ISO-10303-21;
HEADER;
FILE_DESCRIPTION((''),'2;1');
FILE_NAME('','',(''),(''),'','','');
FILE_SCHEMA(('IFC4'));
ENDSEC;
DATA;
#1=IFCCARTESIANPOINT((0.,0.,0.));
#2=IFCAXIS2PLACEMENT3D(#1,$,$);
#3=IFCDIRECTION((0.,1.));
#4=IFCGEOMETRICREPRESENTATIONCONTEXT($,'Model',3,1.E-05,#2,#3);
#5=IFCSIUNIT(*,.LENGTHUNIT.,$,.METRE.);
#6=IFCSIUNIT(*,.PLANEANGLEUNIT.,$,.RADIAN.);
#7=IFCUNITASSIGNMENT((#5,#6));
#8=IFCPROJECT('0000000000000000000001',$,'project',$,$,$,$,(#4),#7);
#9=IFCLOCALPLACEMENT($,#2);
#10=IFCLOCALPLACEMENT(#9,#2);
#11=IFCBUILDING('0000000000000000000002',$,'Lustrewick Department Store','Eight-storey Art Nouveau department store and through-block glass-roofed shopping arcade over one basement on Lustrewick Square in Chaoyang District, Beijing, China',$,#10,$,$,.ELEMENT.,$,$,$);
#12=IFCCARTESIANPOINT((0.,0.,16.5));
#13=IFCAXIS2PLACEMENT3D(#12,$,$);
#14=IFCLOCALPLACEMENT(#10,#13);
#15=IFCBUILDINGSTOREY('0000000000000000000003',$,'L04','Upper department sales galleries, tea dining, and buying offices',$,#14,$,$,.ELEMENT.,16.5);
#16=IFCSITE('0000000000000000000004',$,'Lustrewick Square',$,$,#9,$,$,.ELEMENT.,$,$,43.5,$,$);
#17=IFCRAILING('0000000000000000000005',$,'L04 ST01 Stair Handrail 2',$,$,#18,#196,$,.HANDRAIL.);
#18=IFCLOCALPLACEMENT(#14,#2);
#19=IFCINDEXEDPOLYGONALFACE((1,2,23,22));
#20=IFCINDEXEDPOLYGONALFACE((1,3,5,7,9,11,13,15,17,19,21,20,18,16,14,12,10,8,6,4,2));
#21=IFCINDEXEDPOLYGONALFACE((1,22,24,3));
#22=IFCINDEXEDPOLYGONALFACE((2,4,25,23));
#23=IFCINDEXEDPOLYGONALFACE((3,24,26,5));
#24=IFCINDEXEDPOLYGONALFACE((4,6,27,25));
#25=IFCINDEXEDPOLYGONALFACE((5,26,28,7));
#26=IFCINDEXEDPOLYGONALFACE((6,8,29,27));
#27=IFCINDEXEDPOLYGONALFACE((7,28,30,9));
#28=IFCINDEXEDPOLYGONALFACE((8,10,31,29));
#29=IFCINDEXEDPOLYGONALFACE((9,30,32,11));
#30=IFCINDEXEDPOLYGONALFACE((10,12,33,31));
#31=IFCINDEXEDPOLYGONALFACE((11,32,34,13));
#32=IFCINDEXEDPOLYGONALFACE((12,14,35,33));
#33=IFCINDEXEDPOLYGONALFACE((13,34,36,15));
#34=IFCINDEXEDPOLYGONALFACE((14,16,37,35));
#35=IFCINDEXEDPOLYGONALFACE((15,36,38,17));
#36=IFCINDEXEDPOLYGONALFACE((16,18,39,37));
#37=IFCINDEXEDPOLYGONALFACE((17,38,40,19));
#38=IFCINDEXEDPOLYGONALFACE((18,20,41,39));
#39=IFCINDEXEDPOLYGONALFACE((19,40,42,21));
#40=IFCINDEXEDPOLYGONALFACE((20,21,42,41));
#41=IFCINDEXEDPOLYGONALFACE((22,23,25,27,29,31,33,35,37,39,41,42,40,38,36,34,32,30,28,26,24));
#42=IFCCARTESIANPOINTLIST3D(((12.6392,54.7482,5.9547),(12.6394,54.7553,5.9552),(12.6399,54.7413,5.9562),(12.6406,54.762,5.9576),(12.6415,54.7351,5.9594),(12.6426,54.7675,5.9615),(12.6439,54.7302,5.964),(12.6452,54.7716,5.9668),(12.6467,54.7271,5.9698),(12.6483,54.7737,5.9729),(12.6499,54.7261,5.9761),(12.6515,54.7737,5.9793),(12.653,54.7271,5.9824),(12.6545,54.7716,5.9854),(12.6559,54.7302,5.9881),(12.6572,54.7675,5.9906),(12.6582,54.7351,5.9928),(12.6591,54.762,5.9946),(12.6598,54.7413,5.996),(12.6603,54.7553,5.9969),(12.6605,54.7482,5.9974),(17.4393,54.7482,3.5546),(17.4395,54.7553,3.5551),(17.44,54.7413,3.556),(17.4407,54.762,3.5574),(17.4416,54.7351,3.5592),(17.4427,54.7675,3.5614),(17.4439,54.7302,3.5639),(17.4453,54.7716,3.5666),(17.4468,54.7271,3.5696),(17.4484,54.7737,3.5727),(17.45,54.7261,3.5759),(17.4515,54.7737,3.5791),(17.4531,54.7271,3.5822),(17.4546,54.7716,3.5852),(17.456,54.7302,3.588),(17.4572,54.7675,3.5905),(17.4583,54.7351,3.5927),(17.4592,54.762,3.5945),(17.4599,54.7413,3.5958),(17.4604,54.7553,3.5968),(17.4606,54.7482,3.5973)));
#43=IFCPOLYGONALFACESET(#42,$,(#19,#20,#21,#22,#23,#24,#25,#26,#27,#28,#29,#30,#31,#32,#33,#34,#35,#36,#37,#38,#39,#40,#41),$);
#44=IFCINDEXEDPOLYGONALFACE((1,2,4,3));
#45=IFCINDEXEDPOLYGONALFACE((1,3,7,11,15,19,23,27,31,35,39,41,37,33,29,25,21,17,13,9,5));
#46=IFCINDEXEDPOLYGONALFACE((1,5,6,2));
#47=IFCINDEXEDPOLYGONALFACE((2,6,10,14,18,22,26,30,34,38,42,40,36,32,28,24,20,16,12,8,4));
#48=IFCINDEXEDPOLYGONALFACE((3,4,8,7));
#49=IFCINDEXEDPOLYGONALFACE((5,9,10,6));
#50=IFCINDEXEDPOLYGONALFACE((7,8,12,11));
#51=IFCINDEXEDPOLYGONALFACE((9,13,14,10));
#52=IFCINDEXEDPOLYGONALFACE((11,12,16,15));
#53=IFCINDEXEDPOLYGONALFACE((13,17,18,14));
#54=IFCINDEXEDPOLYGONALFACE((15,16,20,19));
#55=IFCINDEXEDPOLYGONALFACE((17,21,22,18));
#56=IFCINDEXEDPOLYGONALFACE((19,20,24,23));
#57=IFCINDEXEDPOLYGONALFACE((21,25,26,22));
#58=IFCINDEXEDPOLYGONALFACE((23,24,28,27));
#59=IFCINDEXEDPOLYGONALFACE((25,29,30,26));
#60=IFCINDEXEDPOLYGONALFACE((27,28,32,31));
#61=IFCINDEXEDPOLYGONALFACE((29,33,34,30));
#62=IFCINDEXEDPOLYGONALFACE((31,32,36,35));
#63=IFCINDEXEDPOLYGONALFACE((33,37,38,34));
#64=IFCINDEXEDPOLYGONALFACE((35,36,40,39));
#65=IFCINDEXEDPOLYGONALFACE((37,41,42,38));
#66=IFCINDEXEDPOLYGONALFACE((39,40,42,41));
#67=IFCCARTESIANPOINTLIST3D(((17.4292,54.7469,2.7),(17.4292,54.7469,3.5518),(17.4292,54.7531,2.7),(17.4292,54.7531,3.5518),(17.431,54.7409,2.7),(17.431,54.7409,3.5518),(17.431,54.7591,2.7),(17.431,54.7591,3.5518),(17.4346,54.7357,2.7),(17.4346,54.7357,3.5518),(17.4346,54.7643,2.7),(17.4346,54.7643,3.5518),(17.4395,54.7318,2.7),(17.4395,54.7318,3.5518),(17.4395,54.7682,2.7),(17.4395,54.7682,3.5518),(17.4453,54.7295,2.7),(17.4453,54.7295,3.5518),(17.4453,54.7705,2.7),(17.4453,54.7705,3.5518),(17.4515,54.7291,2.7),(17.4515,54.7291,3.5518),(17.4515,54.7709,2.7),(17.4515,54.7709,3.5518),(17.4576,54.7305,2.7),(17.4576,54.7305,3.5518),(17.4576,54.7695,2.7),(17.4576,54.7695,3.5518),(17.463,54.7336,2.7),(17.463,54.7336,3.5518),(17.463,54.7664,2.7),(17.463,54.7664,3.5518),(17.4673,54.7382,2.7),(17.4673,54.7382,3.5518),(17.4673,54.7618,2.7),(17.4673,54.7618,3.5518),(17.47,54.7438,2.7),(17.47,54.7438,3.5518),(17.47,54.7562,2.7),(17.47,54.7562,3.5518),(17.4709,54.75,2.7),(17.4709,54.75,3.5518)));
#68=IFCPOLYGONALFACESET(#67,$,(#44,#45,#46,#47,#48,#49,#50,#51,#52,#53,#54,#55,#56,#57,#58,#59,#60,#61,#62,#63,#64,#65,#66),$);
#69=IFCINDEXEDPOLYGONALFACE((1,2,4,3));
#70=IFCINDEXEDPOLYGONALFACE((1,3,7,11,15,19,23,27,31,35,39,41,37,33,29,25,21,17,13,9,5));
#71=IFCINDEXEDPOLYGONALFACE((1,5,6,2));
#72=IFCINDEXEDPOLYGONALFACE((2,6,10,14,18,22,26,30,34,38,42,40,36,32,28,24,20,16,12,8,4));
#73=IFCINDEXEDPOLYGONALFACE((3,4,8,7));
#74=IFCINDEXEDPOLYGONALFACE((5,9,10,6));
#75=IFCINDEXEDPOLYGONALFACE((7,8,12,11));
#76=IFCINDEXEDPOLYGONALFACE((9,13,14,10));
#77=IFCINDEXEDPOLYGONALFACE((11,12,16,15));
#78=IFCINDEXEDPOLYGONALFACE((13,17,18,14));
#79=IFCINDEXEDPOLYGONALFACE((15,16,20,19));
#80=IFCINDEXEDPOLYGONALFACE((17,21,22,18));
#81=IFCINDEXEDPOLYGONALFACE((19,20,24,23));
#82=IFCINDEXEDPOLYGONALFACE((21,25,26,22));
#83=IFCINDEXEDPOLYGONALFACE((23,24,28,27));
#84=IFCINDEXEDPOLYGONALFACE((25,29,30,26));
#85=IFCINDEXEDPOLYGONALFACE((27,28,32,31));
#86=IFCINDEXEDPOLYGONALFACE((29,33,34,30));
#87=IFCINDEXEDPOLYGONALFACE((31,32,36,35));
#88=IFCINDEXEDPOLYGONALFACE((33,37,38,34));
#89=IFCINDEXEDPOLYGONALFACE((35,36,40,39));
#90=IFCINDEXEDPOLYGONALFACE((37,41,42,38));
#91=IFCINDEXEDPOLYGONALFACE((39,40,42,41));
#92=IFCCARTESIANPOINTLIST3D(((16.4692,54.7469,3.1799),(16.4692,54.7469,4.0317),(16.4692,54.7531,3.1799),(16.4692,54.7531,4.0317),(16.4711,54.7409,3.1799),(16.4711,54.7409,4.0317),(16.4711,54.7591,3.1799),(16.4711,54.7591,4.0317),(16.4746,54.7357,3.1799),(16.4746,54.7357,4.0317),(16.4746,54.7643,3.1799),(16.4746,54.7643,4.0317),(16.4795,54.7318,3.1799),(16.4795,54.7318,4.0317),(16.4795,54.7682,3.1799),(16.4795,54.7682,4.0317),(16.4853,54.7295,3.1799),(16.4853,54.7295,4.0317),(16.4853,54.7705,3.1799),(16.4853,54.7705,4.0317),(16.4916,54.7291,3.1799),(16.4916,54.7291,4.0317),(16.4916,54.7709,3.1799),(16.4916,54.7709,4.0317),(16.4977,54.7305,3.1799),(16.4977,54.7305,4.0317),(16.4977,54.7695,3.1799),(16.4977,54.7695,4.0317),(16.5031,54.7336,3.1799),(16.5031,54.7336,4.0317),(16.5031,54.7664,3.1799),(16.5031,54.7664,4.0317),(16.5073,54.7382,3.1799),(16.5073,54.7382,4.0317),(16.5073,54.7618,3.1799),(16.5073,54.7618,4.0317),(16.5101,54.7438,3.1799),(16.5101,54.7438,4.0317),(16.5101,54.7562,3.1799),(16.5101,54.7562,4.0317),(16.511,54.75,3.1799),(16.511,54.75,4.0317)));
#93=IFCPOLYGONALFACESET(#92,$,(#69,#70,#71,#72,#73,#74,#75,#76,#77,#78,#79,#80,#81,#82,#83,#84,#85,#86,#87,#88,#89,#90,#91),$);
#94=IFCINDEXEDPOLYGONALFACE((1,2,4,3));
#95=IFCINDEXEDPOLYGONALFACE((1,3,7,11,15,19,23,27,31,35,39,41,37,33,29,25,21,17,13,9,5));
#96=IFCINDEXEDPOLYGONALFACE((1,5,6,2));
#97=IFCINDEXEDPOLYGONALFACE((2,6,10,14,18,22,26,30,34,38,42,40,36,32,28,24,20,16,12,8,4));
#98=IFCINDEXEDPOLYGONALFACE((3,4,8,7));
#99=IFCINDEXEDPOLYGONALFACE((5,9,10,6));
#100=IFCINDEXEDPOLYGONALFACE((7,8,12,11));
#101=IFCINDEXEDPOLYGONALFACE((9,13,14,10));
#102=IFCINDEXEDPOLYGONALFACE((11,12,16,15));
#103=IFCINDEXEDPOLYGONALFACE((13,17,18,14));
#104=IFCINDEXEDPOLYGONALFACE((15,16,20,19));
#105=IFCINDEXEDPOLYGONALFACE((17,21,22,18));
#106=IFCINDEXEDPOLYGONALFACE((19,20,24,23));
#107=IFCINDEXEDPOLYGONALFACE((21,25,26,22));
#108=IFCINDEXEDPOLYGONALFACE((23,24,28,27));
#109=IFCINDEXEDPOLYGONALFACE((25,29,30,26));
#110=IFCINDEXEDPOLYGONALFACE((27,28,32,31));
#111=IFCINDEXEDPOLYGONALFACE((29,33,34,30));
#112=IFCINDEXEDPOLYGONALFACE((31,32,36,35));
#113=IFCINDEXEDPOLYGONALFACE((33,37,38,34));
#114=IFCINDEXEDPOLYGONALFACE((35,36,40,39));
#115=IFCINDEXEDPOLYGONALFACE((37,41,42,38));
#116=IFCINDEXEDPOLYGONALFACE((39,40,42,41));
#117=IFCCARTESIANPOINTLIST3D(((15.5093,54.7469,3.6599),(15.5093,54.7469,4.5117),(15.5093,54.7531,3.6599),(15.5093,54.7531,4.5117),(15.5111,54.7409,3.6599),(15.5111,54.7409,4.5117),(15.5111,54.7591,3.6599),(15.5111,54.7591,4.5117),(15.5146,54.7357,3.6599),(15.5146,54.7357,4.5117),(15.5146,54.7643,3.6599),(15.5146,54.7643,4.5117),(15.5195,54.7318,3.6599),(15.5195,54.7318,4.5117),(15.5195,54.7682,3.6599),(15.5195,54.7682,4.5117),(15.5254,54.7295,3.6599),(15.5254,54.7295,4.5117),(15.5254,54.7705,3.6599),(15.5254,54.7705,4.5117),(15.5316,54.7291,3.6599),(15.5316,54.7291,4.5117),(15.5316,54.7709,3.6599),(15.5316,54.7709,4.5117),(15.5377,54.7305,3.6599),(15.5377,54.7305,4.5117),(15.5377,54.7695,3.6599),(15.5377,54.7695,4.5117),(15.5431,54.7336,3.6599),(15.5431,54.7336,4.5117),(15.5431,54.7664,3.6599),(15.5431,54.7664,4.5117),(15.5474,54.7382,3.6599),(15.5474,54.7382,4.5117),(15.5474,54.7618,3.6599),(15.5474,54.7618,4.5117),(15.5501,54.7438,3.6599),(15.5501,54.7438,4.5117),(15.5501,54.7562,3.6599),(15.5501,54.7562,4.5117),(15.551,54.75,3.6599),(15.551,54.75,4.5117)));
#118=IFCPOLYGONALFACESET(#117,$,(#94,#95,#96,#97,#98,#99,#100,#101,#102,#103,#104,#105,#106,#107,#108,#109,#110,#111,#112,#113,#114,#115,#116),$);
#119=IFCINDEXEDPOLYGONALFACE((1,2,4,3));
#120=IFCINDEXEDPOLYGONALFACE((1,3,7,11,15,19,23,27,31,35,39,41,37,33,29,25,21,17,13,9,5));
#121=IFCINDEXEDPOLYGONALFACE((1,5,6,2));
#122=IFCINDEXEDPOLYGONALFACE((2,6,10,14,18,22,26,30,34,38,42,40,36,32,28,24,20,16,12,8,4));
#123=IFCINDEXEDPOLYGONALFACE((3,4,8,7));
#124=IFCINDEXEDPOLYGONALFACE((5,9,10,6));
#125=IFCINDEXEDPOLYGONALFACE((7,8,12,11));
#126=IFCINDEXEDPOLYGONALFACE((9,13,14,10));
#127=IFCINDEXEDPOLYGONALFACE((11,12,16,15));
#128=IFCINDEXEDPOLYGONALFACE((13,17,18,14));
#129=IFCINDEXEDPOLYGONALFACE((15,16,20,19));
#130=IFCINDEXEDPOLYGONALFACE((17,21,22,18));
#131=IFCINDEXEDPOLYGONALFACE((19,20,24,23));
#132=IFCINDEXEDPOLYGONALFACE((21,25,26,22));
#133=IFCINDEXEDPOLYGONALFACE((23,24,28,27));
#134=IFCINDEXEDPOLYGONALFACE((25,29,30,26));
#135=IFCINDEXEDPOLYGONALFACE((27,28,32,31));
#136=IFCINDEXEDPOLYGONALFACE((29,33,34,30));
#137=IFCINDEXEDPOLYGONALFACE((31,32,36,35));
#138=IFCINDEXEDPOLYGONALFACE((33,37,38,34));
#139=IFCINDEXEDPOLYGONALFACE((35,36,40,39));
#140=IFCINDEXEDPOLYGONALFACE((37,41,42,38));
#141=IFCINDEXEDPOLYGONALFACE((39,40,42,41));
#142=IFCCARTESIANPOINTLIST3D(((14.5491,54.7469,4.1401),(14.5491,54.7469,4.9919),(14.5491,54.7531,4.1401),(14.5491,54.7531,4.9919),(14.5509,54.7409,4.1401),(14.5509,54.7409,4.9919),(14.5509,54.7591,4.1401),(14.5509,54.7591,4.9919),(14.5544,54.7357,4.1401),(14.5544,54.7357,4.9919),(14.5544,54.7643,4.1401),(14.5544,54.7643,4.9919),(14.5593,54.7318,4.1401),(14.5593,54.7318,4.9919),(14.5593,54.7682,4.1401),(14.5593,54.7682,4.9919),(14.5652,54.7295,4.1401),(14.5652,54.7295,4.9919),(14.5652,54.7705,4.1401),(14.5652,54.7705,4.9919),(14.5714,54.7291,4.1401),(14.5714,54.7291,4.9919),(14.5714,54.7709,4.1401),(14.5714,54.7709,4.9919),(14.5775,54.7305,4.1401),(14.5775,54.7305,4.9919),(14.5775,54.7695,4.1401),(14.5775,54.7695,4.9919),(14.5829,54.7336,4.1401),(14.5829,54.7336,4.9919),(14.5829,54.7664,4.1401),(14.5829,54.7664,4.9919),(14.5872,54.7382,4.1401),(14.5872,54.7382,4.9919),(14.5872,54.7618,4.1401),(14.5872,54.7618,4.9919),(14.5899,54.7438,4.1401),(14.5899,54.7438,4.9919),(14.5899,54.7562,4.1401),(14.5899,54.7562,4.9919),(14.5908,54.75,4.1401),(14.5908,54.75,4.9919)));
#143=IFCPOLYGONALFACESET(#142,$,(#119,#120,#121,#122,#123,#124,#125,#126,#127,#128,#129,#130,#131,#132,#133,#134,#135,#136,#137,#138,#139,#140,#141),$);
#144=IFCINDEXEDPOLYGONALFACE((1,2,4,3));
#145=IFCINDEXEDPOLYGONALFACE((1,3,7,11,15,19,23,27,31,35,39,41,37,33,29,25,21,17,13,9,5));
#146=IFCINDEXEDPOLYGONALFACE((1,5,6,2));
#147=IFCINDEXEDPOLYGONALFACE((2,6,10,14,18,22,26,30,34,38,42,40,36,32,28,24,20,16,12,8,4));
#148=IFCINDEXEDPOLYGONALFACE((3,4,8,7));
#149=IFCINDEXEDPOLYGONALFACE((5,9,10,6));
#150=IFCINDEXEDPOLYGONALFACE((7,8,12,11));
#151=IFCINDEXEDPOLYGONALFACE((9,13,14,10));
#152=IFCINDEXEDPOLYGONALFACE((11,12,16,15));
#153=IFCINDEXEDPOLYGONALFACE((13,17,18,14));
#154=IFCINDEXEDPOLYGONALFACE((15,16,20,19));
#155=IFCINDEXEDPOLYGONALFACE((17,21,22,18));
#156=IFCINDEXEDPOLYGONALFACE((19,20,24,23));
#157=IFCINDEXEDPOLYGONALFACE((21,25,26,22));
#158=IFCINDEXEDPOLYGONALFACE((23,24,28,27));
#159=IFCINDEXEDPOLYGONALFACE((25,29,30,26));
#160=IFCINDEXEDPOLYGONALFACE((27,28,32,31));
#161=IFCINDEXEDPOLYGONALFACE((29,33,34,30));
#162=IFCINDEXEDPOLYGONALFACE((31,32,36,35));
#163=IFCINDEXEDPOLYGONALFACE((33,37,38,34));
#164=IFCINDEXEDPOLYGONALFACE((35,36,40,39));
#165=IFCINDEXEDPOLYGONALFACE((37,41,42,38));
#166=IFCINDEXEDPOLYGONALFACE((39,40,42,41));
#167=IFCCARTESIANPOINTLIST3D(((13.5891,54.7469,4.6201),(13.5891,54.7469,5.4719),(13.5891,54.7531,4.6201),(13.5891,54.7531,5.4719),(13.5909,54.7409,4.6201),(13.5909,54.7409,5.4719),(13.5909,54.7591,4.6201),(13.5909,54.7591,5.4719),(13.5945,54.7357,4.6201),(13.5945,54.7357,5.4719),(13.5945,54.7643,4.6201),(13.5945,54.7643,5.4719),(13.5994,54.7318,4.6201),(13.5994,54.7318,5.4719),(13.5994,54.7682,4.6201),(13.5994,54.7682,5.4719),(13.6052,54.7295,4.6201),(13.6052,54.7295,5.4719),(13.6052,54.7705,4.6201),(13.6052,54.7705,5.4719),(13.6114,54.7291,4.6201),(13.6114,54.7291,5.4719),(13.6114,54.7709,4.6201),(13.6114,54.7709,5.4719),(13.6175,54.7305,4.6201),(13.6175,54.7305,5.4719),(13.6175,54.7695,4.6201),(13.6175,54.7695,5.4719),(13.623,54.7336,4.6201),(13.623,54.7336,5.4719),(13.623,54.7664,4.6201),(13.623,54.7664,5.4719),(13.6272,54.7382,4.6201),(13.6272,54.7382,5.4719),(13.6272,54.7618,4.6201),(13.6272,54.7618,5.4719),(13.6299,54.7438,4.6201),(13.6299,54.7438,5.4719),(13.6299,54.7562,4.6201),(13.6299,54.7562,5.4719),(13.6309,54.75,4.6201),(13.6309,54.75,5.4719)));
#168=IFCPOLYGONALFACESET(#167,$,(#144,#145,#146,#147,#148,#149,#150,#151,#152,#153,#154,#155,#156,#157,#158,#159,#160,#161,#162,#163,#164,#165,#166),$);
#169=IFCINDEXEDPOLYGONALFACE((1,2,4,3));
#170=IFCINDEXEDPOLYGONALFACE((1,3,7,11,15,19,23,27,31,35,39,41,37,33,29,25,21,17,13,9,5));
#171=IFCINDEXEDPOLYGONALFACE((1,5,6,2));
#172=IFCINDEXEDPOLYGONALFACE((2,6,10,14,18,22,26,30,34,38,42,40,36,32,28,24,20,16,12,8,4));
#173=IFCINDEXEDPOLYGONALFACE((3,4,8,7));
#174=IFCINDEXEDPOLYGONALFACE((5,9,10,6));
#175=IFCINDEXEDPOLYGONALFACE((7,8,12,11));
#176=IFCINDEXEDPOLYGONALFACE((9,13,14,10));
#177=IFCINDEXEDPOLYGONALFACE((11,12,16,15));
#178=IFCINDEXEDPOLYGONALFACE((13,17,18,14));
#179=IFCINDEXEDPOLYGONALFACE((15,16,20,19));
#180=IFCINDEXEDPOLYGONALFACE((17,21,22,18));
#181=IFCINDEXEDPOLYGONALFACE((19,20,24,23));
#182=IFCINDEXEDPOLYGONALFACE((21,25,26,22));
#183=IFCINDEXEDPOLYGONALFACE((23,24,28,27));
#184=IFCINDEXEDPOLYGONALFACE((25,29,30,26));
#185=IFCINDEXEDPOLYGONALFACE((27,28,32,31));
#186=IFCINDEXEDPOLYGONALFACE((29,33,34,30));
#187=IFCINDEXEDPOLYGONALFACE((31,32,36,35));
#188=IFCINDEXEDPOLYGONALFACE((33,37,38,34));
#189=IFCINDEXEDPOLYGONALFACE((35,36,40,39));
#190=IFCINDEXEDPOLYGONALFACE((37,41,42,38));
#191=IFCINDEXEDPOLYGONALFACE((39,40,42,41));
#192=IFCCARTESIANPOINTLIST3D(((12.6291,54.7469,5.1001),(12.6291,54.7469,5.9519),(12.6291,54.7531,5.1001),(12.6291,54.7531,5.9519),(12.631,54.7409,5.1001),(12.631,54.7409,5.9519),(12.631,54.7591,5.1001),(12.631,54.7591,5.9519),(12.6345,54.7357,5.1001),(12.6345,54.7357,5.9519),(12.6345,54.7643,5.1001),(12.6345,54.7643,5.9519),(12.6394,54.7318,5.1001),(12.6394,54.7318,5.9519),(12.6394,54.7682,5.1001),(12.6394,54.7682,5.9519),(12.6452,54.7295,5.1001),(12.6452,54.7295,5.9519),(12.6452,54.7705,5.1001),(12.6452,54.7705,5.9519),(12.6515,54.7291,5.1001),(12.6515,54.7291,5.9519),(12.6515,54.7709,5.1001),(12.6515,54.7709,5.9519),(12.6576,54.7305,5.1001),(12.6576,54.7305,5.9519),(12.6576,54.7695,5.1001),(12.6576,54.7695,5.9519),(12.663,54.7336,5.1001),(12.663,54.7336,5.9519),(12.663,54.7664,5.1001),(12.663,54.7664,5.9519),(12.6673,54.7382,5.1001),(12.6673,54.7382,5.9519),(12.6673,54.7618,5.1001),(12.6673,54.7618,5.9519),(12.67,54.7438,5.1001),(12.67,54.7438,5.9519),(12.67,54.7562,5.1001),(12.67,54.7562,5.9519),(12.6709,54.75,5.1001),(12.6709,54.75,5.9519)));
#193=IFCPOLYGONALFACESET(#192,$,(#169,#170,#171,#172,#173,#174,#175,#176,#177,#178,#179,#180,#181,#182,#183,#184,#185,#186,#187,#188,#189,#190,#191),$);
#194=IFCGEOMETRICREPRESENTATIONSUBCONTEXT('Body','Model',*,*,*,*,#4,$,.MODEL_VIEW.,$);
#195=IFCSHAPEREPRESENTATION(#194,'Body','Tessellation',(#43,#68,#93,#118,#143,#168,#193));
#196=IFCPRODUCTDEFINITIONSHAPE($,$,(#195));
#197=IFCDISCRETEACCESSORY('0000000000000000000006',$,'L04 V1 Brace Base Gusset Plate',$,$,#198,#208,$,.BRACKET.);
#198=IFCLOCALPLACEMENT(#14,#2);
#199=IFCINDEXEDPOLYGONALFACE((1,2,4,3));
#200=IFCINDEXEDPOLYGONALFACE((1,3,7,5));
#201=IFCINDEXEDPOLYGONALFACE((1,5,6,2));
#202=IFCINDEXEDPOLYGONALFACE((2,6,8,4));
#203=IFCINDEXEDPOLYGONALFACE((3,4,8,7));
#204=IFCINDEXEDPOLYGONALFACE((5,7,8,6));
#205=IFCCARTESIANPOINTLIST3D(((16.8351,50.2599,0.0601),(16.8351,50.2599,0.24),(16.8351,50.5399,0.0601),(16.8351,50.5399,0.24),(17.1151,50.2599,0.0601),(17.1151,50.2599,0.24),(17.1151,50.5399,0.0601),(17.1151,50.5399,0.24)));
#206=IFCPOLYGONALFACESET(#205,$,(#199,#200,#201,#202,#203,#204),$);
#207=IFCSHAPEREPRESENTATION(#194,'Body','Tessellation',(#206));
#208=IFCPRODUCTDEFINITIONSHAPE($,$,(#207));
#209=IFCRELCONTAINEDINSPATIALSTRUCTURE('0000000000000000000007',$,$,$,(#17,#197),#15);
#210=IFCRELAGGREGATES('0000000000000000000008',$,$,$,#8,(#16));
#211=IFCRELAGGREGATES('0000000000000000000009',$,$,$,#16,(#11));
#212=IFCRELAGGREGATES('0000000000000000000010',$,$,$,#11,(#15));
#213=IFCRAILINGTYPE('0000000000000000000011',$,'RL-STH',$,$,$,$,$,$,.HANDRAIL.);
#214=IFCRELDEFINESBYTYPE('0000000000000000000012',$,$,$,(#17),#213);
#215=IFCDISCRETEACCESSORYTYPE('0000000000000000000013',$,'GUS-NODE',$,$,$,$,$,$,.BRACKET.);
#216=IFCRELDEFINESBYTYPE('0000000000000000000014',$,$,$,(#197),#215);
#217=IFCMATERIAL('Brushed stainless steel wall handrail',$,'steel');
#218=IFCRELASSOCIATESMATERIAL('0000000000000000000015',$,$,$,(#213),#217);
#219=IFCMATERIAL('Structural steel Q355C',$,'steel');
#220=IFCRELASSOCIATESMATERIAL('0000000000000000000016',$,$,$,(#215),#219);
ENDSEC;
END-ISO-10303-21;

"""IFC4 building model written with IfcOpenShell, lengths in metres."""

from ifc_helpers import new_model, si_unit, direction, frame, origin, origin_2d, place, context, subcontext, project, spatial, rectangle, circle, extrude, material, type_object, element, save


model = new_model("IFC4")

# Units and contexts
model_context = context("Model", 3, precision=1e-05, world=origin(), true_north=direction((0.0, 1.0)))
body_context = subcontext(model_context, "Body", "Model", "MODEL_VIEW")
ifc_project = project(units=[si_unit("LENGTHUNIT", "METRE"), si_unit("PLANEANGLEUNIT", "RADIAN")], contexts=[model_context])

# Site, building, storey
site_placement = place(None, origin())
site = spatial("IfcSite", under=ifc_project, at=site_placement, Name="Lustrewick Square", CompositionType="ELEMENT", RefElevation=43.5)
building_placement = place(site_placement, origin())
building = spatial("IfcBuilding", under=site, at=building_placement, Name="Lustrewick Department Store", Description="Eight-storey Art Nouveau department store and through-block glass-roofed shopping arcade over one basement on Lustrewick Square in Chaoyang District, Beijing, China", CompositionType="ELEMENT")
storey_placement = place(building_placement, frame((0.0, 0.0, 16.5)))
storey = spatial("IfcBuildingStorey", under=building, at=storey_placement, Name="L04", Description="Upper department sales galleries, tea dining, and buying offices", CompositionType="ELEMENT", Elevation=16.5)

# Shared definitions
ifc_material_1 = material(Name="Structural steel Q355C", Category="steel")

# Railing
ifc_material_2 = material(Name="Brushed stainless steel wall handrail", Category="steel")
railing_type_1 = type_object("IfcRailingType", Name="RL-STH", PredefinedType="HANDRAIL", material=ifc_material_2)
railing_1_placement = place(storey_placement, frame((17.45, 54.75, 2.7)))
element("IfcRailing", 1, at=railing_1_placement, inside=storey, type_object=railing_type_1, Name="L04 ST01 Stair Handrail 2", PredefinedType="HANDRAIL", context=body_context, shape_type="SweptSolid", body=[
    extrude(circle(Radius=0.0239, at=origin_2d()), frame((0.0, 0.0, 0.876), z_axis=(-0.894418, 0.0, 0.447232), x_axis=(0.0, -1.0, 0.0)), (0.0, 0.0, 1.0), 5.3667),
    extrude(circle(Radius=0.021, at=origin_2d()), origin(), (0.0, 0.0, 1.0), 0.8518),
    extrude(circle(Radius=0.021, at=origin_2d()), frame((-0.96, 0.0, 0.48)), (0.0, 0.0, 1.0), 0.8518),
    extrude(circle(Radius=0.021, at=origin_2d()), frame((-1.9199, 0.0, 0.96)), (0.0, 0.0, 1.0), 0.8518),
    extrude(circle(Radius=0.021, at=origin_2d()), frame((-2.8801, 0.0, 1.4402)), (0.0, 0.0, 1.0), 0.8518),
    extrude(circle(Radius=0.021, at=origin_2d()), frame((-3.8401, 0.0, 1.9202)), (0.0, 0.0, 1.0), 0.8518),
    extrude(circle(Radius=0.021, at=origin_2d()), frame((-4.8, 0.0, 2.4001)), (0.0, 0.0, 1.0), 0.8518),
])

# Discrete accessory
discrete_accessory_type = type_object("IfcDiscreteAccessoryType", Name="GUS-NODE", PredefinedType="BRACKET", material=ifc_material_1)
discrete_accessory_1_placement = place(storey_placement, frame((16.9751, 50.3999, 0.0601), z_axis=(0.0, 0.0, 1.0), x_axis=(1.0, 0.0, 0.0)))
element("IfcDiscreteAccessory", 2, at=discrete_accessory_1_placement, inside=storey, type_object=discrete_accessory_type, Name="L04 V1 Brace Base Gusset Plate", PredefinedType="BRACKET", context=body_context, shape_type="SweptSolid", body=[
    extrude(rectangle(XDim=0.28, YDim=0.28, at=origin_2d()), origin(), (0.0, 0.0, 1.0), 0.1799),
])

save(model, "model.ifc")
